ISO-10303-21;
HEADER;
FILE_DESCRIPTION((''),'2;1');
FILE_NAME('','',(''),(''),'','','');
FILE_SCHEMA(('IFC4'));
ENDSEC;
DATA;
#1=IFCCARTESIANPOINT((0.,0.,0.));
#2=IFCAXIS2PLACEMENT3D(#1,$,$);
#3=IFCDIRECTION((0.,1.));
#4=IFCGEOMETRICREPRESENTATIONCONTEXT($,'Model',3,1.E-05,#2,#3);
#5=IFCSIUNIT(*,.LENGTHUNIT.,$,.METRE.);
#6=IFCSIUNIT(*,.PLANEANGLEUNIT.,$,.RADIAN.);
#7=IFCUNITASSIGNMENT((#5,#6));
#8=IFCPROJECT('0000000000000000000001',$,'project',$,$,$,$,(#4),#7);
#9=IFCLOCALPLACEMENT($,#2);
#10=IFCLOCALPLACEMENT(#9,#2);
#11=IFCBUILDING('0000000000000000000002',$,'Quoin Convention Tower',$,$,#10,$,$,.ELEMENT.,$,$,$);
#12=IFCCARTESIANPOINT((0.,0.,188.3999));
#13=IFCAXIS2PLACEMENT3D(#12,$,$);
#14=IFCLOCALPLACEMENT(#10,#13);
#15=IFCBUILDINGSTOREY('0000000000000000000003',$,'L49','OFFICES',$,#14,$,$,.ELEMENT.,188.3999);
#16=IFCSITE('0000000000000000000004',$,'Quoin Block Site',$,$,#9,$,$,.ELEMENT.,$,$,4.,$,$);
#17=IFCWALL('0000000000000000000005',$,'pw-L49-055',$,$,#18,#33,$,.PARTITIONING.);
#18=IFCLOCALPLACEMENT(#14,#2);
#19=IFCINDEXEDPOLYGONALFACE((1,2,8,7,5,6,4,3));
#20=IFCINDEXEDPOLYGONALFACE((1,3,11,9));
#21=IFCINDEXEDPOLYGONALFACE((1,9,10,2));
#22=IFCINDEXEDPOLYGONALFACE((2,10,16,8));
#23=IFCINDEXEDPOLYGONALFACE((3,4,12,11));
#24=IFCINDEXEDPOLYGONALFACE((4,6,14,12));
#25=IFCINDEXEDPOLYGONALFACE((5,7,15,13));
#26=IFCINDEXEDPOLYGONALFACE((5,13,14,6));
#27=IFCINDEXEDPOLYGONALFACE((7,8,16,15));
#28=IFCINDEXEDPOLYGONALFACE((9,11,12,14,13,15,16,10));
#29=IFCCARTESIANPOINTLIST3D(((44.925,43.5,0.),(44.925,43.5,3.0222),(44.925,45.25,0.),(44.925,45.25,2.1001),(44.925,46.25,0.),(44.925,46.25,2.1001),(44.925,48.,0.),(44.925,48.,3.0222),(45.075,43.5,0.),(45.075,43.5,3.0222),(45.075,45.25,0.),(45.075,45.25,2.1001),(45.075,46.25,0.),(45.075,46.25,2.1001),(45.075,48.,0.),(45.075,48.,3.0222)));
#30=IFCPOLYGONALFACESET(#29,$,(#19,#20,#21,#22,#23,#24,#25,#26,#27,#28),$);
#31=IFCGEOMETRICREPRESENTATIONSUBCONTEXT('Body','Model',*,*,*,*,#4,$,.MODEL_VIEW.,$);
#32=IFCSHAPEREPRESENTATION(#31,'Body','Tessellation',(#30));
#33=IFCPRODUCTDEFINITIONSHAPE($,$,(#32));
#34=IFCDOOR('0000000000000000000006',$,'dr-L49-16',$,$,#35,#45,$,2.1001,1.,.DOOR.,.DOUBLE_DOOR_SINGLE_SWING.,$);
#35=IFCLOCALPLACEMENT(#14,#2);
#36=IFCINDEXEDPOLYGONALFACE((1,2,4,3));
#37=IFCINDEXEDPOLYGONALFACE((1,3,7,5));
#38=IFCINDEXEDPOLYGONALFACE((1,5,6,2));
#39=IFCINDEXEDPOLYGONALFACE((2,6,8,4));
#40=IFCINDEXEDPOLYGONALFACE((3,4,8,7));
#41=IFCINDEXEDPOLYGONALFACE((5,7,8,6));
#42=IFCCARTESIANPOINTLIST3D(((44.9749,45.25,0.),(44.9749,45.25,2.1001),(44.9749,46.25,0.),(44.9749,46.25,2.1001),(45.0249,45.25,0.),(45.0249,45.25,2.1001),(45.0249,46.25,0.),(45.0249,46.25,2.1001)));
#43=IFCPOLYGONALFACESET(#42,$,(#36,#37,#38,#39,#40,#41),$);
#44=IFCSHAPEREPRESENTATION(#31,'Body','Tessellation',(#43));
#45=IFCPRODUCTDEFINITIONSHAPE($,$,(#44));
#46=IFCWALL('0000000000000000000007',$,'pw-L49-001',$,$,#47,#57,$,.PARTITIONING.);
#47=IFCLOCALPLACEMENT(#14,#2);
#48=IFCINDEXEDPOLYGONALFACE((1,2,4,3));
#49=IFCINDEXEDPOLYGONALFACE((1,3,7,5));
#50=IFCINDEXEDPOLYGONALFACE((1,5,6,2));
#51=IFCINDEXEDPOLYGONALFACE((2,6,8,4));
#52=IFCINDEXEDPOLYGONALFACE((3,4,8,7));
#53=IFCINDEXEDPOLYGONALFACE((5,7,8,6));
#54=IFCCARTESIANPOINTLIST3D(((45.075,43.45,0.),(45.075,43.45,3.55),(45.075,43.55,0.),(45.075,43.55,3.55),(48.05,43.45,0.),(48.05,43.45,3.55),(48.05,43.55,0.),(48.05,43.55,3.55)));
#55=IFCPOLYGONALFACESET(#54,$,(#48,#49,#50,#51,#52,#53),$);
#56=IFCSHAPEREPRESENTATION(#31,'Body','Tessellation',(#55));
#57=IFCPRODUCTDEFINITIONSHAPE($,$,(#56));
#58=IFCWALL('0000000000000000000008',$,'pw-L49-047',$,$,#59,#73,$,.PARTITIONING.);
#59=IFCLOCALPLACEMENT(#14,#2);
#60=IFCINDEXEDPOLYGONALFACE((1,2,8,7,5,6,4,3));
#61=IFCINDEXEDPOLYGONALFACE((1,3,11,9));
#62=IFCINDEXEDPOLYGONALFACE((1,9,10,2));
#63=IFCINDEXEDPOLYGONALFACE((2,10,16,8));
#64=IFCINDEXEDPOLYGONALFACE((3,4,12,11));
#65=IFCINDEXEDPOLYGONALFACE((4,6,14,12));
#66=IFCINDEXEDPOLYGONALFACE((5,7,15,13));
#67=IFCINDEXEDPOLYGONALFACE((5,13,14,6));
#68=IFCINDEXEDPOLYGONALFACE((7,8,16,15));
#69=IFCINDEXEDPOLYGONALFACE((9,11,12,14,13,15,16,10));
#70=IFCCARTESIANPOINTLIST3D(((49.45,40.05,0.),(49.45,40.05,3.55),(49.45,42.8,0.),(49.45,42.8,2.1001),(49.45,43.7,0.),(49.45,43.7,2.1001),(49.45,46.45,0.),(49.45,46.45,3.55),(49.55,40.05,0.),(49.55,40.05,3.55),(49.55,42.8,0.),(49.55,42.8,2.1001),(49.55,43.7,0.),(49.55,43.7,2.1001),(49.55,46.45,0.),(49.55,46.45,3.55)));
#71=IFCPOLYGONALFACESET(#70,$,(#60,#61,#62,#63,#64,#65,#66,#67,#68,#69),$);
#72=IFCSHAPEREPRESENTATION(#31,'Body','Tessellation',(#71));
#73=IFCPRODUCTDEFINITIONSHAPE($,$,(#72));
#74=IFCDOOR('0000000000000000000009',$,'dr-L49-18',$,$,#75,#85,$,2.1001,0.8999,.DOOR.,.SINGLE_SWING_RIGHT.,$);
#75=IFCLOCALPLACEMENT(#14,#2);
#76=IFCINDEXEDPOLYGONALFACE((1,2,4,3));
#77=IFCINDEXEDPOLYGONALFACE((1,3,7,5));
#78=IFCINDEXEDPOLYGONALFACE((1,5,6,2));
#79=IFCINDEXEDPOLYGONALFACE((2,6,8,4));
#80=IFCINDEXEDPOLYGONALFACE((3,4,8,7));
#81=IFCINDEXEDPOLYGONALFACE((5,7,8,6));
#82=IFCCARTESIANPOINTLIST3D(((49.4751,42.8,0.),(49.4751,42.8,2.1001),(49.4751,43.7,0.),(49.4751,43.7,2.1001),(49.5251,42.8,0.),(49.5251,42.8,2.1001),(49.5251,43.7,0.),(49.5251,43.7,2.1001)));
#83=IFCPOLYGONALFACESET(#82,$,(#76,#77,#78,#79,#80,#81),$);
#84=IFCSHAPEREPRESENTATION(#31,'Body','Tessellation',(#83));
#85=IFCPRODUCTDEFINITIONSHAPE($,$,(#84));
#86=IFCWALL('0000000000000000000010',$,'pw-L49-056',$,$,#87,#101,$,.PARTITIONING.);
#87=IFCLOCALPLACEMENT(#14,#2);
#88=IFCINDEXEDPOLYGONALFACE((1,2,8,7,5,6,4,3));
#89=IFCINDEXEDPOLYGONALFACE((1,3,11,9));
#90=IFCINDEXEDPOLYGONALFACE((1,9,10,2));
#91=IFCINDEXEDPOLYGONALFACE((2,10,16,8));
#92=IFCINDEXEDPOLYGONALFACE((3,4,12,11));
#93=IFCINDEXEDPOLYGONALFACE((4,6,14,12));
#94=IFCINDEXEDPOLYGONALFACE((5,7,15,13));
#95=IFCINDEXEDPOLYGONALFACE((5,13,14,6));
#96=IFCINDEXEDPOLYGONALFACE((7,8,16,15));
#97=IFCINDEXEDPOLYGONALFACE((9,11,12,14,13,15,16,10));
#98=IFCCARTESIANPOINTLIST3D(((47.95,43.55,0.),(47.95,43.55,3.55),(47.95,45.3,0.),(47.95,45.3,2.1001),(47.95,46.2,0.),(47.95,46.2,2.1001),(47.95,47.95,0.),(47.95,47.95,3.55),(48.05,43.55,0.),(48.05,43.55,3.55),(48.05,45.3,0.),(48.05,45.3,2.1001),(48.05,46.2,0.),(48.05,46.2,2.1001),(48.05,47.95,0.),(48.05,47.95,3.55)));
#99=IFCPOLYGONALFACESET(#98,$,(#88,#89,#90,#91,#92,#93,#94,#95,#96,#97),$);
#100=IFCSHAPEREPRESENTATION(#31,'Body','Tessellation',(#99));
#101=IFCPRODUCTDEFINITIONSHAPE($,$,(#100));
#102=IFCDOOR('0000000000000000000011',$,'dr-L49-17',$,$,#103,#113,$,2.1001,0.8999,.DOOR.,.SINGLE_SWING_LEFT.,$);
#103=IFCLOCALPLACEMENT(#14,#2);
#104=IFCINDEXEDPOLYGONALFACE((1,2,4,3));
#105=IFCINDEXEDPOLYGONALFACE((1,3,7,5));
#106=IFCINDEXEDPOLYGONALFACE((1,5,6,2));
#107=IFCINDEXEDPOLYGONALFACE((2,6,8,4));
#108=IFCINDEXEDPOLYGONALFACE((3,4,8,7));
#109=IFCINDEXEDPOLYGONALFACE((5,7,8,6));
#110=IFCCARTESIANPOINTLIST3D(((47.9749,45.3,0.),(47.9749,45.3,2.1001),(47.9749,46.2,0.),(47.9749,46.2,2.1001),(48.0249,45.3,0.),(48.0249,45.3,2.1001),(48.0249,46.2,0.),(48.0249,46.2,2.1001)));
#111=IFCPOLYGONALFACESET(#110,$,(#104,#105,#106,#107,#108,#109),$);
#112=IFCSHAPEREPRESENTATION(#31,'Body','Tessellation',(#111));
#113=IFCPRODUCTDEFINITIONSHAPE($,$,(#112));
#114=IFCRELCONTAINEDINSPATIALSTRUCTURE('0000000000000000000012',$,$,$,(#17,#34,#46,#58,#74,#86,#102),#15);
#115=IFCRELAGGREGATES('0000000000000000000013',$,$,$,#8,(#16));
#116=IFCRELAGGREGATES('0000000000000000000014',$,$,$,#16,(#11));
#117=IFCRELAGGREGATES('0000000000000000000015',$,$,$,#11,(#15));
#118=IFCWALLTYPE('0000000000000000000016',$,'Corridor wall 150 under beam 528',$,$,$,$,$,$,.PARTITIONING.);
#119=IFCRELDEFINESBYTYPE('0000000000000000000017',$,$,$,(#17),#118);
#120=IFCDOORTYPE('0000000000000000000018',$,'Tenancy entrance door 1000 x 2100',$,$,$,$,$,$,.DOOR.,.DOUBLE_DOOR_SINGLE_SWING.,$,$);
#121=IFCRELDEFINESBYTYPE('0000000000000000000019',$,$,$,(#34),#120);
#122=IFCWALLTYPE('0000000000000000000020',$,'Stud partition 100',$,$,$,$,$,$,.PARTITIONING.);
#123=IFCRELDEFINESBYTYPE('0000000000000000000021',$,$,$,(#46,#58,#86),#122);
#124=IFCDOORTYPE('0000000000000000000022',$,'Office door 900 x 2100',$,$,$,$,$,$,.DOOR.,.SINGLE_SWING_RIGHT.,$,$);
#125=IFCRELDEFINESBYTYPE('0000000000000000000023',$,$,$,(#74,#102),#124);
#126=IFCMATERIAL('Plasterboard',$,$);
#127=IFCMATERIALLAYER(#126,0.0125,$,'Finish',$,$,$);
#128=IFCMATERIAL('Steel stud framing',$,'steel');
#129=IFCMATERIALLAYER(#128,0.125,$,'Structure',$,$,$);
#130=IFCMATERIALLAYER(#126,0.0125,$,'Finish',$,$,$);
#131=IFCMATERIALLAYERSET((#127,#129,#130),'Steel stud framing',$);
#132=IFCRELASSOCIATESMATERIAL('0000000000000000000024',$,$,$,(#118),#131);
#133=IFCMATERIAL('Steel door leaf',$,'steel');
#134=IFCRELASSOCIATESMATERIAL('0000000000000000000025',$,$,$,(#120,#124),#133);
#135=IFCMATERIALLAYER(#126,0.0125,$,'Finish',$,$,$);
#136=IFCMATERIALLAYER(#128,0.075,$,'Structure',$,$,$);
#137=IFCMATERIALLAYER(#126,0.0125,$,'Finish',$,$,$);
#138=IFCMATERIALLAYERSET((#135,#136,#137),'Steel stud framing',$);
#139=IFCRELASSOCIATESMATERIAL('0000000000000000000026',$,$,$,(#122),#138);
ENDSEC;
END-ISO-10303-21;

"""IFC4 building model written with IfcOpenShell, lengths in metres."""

from ifc_helpers import new_model, si_unit, direction, frame, frame_2d, origin, place, context, subcontext, project, spatial, rectangle, extrude, material, layer, layer_set, type_object, element, fill, save


model = new_model("IFC4")

# Units and contexts
model_context = context("Model", 3, precision=1e-05, world=origin(), true_north=direction((0.0, 1.0)))
body_context = subcontext(model_context, "Body", "Model", "MODEL_VIEW")
ifc_project = project(units=[si_unit("LENGTHUNIT", "METRE"), si_unit("PLANEANGLEUNIT", "RADIAN")], contexts=[model_context])

# Site, building, storey
site_placement = place(None, origin())
site = spatial("IfcSite", under=ifc_project, at=site_placement, Name="Quoin Block Site", CompositionType="ELEMENT", RefElevation=4.0)
building_placement = place(site_placement, origin())
building = spatial("IfcBuilding", under=site, at=building_placement, Name="Quoin Convention Tower", CompositionType="ELEMENT")
storey_placement = place(building_placement, frame((0.0, 0.0, 188.3999)))
storey = spatial("IfcBuildingStorey", under=building, at=storey_placement, Name="L49", Description="OFFICES", CompositionType="ELEMENT", Elevation=188.3999)

# Shared definitions
ifc_material_1 = material(Name="Plasterboard")
ifc_material_2 = material(Name="Steel stud framing", Category="steel")
ifc_layer_1 = layer(ifc_material_1, 0.0125, Name="Finish")
ifc_layer_2 = layer(ifc_material_2, 0.125, Name="Structure")
ifc_layer_3 = layer(ifc_material_1, 0.0125, Name="Finish")
ifc_layer_set_1 = layer_set([ifc_layer_1, ifc_layer_2, ifc_layer_3], Name="Steel stud framing")
wall_type_1 = type_object("IfcWallType", Name="Corridor wall 150 under beam 528", PredefinedType="PARTITIONING", material=ifc_layer_set_1)

# Wall, opening, door
wall_1_placement = place(storey_placement, frame((45.0, 43.5, 0.0), z_axis=(0.0, 0.0, 1.0), x_axis=(0.0, 1.0, 0.0)))
wall_1 = element("IfcWall", 1, at=wall_1_placement, inside=storey, type_object=wall_type_1, Name="pw-L49-055", PredefinedType="PARTITIONING", context=body_context, shape_type="SweptSolid", body=[
    extrude(rectangle(XDim=4.5, YDim=0.1499, at=frame_2d((2.25, 0.0))), origin(), (0.0, 0.0, 1.0), 3.0222),
])
opening_1_placement = place(wall_1_placement, frame((1.75, 0.0, 0.0)))
opening_1 = element("IfcOpeningElement", 2, at=opening_1_placement, cuts=wall_1, PredefinedType="OPENING", context=body_context, shape_type="SweptSolid", body=[
    extrude(rectangle(XDim=1.0, YDim=2.1001, at=frame_2d((0.5, 1.05))), frame((0.0, 0.085, 0.0), z_axis=(0.0, -1.0, 0.0), x_axis=(1.0, 0.0, 0.0)), (0.0, 0.0, 1.0), 0.1699),
])
ifc_material_3 = material(Name="Steel door leaf", Category="steel")
door_type_1 = type_object("IfcDoorType", Name="Tenancy entrance door 1000 x 2100", OperationType="DOUBLE_DOOR_SINGLE_SWING", PredefinedType="DOOR", material=ifc_material_3)
door_1_placement = place(opening_1_placement, frame((1.0, 0.0, 0.0), z_axis=(0.0, 0.0, 1.0), x_axis=(-1.0, 0.0, 0.0)))
door_1 = element("IfcDoor", 3, at=door_1_placement, inside=storey, type_object=door_type_1, Name="dr-L49-16", OperationType="DOUBLE_DOOR_SINGLE_SWING", OverallHeight=2.1001, OverallWidth=1.0, PredefinedType="DOOR", context=body_context, shape_type="SweptSolid", body=[
    extrude(rectangle(XDim=1.0, YDim=2.1001, at=frame_2d((0.5, 1.05))), frame((0.0, 0.0249, 0.0), z_axis=(0.0, -1.0, 0.0), x_axis=(1.0, 0.0, 0.0)), (0.0, 0.0, 1.0), 0.05),
])
fill(opening_1, door_1)

# Wall
ifc_layer_4 = layer(ifc_material_1, 0.0125, Name="Finish")
ifc_layer_5 = layer(ifc_material_2, 0.075, Name="Structure")
ifc_layer_6 = layer(ifc_material_1, 0.0125, Name="Finish")
ifc_layer_set_2 = layer_set([ifc_layer_4, ifc_layer_5, ifc_layer_6], Name="Steel stud framing")
wall_type_2 = type_object("IfcWallType", Name="Stud partition 100", PredefinedType="PARTITIONING", material=ifc_layer_set_2)
wall_2_placement = place(storey_placement, frame((45.075, 43.5, 0.0), z_axis=(0.0, 0.0, 1.0), x_axis=(1.0, 0.0, 0.0)))
element("IfcWall", 4, at=wall_2_placement, inside=storey, type_object=wall_type_2, Name="pw-L49-001", PredefinedType="PARTITIONING", context=body_context, shape_type="SweptSolid", body=[
    extrude(rectangle(XDim=2.9751, YDim=0.1001, at=frame_2d((1.4875, 0.0))), origin(), (0.0, 0.0, 1.0), 3.55),
])

# Walls, openings, doors
wall_3_placement = place(storey_placement, frame((49.5, 40.05, 0.0), z_axis=(0.0, 0.0, 1.0), x_axis=(0.0, 1.0, 0.0)))
wall_3 = element("IfcWall", 5, at=wall_3_placement, inside=storey, type_object=wall_type_2, Name="pw-L49-047", PredefinedType="PARTITIONING", context=body_context, shape_type="SweptSolid", body=[
    extrude(rectangle(XDim=6.3999, YDim=0.1001, at=frame_2d((3.2, 0.0))), origin(), (0.0, 0.0, 1.0), 3.55),
])
opening_2_placement = place(wall_3_placement, frame((2.75, 0.0, 0.0)))
opening_2 = element("IfcOpeningElement", 6, at=opening_2_placement, cuts=wall_3, PredefinedType="OPENING", context=body_context, shape_type="SweptSolid", body=[
    extrude(rectangle(XDim=0.8999, YDim=2.1001, at=frame_2d((0.45, 1.05))), frame((0.0, 0.0601, 0.0), z_axis=(0.0, -1.0, 0.0), x_axis=(1.0, 0.0, 0.0)), (0.0, 0.0, 1.0), 0.1201),
])
door_type_2 = type_object("IfcDoorType", Name="Office door 900 x 2100", OperationType="SINGLE_SWING_RIGHT", PredefinedType="DOOR", material=ifc_material_3)
door_2_placement = place(opening_2_placement, origin())
door_2 = element("IfcDoor", 7, at=door_2_placement, inside=storey, type_object=door_type_2, Name="dr-L49-18", OperationType="SINGLE_SWING_RIGHT", OverallHeight=2.1001, OverallWidth=0.8999, PredefinedType="DOOR", context=body_context, shape_type="SweptSolid", body=[
    extrude(rectangle(XDim=0.8999, YDim=2.1001, at=frame_2d((0.45, 1.05))), frame((0.0, 0.0249, 0.0), z_axis=(0.0, -1.0, 0.0), x_axis=(1.0, 0.0, 0.0)), (0.0, 0.0, 1.0), 0.05),
])
fill(opening_2, door_2)
wall_4_placement = place(storey_placement, frame((48.0, 43.55, 0.0), z_axis=(0.0, 0.0, 1.0), x_axis=(0.0, 1.0, 0.0)))
wall_4 = element("IfcWall", 8, at=wall_4_placement, inside=storey, type_object=wall_type_2, Name="pw-L49-056", PredefinedType="PARTITIONING", context=body_context, shape_type="SweptSolid", body=[
    extrude(rectangle(XDim=4.3999, YDim=0.1001, at=frame_2d((2.2, 0.0))), origin(), (0.0, 0.0, 1.0), 3.55),
])
opening_3_placement = place(wall_4_placement, frame((1.75, 0.0, 0.0)))
opening_3 = element("IfcOpeningElement", 9, at=opening_3_placement, cuts=wall_4, PredefinedType="OPENING", context=body_context, shape_type="SweptSolid", body=[
    extrude(rectangle(XDim=0.8999, YDim=2.1001, at=frame_2d((0.45, 1.05))), frame((0.0, 0.0601, 0.0), z_axis=(0.0, -1.0, 0.0), x_axis=(1.0, 0.0, 0.0)), (0.0, 0.0, 1.0), 0.1201),
])
door_3_placement = place(opening_3_placement, frame((0.8999, 0.0, 0.0), z_axis=(0.0, 0.0, 1.0), x_axis=(-1.0, 0.0, 0.0)))
door_3 = element("IfcDoor", 10, at=door_3_placement, inside=storey, type_object=door_type_2, Name="dr-L49-17", OperationType="SINGLE_SWING_LEFT", OverallHeight=2.1001, OverallWidth=0.8999, PredefinedType="DOOR", context=body_context, shape_type="SweptSolid", body=[
    extrude(rectangle(XDim=0.8999, YDim=2.1001, at=frame_2d((0.45, 1.05))), frame((0.0, 0.0249, 0.0), z_axis=(0.0, -1.0, 0.0), x_axis=(1.0, 0.0, 0.0)), (0.0, 0.0, 1.0), 0.05),
])
fill(opening_3, door_3)

save(model, "model.ifc")
